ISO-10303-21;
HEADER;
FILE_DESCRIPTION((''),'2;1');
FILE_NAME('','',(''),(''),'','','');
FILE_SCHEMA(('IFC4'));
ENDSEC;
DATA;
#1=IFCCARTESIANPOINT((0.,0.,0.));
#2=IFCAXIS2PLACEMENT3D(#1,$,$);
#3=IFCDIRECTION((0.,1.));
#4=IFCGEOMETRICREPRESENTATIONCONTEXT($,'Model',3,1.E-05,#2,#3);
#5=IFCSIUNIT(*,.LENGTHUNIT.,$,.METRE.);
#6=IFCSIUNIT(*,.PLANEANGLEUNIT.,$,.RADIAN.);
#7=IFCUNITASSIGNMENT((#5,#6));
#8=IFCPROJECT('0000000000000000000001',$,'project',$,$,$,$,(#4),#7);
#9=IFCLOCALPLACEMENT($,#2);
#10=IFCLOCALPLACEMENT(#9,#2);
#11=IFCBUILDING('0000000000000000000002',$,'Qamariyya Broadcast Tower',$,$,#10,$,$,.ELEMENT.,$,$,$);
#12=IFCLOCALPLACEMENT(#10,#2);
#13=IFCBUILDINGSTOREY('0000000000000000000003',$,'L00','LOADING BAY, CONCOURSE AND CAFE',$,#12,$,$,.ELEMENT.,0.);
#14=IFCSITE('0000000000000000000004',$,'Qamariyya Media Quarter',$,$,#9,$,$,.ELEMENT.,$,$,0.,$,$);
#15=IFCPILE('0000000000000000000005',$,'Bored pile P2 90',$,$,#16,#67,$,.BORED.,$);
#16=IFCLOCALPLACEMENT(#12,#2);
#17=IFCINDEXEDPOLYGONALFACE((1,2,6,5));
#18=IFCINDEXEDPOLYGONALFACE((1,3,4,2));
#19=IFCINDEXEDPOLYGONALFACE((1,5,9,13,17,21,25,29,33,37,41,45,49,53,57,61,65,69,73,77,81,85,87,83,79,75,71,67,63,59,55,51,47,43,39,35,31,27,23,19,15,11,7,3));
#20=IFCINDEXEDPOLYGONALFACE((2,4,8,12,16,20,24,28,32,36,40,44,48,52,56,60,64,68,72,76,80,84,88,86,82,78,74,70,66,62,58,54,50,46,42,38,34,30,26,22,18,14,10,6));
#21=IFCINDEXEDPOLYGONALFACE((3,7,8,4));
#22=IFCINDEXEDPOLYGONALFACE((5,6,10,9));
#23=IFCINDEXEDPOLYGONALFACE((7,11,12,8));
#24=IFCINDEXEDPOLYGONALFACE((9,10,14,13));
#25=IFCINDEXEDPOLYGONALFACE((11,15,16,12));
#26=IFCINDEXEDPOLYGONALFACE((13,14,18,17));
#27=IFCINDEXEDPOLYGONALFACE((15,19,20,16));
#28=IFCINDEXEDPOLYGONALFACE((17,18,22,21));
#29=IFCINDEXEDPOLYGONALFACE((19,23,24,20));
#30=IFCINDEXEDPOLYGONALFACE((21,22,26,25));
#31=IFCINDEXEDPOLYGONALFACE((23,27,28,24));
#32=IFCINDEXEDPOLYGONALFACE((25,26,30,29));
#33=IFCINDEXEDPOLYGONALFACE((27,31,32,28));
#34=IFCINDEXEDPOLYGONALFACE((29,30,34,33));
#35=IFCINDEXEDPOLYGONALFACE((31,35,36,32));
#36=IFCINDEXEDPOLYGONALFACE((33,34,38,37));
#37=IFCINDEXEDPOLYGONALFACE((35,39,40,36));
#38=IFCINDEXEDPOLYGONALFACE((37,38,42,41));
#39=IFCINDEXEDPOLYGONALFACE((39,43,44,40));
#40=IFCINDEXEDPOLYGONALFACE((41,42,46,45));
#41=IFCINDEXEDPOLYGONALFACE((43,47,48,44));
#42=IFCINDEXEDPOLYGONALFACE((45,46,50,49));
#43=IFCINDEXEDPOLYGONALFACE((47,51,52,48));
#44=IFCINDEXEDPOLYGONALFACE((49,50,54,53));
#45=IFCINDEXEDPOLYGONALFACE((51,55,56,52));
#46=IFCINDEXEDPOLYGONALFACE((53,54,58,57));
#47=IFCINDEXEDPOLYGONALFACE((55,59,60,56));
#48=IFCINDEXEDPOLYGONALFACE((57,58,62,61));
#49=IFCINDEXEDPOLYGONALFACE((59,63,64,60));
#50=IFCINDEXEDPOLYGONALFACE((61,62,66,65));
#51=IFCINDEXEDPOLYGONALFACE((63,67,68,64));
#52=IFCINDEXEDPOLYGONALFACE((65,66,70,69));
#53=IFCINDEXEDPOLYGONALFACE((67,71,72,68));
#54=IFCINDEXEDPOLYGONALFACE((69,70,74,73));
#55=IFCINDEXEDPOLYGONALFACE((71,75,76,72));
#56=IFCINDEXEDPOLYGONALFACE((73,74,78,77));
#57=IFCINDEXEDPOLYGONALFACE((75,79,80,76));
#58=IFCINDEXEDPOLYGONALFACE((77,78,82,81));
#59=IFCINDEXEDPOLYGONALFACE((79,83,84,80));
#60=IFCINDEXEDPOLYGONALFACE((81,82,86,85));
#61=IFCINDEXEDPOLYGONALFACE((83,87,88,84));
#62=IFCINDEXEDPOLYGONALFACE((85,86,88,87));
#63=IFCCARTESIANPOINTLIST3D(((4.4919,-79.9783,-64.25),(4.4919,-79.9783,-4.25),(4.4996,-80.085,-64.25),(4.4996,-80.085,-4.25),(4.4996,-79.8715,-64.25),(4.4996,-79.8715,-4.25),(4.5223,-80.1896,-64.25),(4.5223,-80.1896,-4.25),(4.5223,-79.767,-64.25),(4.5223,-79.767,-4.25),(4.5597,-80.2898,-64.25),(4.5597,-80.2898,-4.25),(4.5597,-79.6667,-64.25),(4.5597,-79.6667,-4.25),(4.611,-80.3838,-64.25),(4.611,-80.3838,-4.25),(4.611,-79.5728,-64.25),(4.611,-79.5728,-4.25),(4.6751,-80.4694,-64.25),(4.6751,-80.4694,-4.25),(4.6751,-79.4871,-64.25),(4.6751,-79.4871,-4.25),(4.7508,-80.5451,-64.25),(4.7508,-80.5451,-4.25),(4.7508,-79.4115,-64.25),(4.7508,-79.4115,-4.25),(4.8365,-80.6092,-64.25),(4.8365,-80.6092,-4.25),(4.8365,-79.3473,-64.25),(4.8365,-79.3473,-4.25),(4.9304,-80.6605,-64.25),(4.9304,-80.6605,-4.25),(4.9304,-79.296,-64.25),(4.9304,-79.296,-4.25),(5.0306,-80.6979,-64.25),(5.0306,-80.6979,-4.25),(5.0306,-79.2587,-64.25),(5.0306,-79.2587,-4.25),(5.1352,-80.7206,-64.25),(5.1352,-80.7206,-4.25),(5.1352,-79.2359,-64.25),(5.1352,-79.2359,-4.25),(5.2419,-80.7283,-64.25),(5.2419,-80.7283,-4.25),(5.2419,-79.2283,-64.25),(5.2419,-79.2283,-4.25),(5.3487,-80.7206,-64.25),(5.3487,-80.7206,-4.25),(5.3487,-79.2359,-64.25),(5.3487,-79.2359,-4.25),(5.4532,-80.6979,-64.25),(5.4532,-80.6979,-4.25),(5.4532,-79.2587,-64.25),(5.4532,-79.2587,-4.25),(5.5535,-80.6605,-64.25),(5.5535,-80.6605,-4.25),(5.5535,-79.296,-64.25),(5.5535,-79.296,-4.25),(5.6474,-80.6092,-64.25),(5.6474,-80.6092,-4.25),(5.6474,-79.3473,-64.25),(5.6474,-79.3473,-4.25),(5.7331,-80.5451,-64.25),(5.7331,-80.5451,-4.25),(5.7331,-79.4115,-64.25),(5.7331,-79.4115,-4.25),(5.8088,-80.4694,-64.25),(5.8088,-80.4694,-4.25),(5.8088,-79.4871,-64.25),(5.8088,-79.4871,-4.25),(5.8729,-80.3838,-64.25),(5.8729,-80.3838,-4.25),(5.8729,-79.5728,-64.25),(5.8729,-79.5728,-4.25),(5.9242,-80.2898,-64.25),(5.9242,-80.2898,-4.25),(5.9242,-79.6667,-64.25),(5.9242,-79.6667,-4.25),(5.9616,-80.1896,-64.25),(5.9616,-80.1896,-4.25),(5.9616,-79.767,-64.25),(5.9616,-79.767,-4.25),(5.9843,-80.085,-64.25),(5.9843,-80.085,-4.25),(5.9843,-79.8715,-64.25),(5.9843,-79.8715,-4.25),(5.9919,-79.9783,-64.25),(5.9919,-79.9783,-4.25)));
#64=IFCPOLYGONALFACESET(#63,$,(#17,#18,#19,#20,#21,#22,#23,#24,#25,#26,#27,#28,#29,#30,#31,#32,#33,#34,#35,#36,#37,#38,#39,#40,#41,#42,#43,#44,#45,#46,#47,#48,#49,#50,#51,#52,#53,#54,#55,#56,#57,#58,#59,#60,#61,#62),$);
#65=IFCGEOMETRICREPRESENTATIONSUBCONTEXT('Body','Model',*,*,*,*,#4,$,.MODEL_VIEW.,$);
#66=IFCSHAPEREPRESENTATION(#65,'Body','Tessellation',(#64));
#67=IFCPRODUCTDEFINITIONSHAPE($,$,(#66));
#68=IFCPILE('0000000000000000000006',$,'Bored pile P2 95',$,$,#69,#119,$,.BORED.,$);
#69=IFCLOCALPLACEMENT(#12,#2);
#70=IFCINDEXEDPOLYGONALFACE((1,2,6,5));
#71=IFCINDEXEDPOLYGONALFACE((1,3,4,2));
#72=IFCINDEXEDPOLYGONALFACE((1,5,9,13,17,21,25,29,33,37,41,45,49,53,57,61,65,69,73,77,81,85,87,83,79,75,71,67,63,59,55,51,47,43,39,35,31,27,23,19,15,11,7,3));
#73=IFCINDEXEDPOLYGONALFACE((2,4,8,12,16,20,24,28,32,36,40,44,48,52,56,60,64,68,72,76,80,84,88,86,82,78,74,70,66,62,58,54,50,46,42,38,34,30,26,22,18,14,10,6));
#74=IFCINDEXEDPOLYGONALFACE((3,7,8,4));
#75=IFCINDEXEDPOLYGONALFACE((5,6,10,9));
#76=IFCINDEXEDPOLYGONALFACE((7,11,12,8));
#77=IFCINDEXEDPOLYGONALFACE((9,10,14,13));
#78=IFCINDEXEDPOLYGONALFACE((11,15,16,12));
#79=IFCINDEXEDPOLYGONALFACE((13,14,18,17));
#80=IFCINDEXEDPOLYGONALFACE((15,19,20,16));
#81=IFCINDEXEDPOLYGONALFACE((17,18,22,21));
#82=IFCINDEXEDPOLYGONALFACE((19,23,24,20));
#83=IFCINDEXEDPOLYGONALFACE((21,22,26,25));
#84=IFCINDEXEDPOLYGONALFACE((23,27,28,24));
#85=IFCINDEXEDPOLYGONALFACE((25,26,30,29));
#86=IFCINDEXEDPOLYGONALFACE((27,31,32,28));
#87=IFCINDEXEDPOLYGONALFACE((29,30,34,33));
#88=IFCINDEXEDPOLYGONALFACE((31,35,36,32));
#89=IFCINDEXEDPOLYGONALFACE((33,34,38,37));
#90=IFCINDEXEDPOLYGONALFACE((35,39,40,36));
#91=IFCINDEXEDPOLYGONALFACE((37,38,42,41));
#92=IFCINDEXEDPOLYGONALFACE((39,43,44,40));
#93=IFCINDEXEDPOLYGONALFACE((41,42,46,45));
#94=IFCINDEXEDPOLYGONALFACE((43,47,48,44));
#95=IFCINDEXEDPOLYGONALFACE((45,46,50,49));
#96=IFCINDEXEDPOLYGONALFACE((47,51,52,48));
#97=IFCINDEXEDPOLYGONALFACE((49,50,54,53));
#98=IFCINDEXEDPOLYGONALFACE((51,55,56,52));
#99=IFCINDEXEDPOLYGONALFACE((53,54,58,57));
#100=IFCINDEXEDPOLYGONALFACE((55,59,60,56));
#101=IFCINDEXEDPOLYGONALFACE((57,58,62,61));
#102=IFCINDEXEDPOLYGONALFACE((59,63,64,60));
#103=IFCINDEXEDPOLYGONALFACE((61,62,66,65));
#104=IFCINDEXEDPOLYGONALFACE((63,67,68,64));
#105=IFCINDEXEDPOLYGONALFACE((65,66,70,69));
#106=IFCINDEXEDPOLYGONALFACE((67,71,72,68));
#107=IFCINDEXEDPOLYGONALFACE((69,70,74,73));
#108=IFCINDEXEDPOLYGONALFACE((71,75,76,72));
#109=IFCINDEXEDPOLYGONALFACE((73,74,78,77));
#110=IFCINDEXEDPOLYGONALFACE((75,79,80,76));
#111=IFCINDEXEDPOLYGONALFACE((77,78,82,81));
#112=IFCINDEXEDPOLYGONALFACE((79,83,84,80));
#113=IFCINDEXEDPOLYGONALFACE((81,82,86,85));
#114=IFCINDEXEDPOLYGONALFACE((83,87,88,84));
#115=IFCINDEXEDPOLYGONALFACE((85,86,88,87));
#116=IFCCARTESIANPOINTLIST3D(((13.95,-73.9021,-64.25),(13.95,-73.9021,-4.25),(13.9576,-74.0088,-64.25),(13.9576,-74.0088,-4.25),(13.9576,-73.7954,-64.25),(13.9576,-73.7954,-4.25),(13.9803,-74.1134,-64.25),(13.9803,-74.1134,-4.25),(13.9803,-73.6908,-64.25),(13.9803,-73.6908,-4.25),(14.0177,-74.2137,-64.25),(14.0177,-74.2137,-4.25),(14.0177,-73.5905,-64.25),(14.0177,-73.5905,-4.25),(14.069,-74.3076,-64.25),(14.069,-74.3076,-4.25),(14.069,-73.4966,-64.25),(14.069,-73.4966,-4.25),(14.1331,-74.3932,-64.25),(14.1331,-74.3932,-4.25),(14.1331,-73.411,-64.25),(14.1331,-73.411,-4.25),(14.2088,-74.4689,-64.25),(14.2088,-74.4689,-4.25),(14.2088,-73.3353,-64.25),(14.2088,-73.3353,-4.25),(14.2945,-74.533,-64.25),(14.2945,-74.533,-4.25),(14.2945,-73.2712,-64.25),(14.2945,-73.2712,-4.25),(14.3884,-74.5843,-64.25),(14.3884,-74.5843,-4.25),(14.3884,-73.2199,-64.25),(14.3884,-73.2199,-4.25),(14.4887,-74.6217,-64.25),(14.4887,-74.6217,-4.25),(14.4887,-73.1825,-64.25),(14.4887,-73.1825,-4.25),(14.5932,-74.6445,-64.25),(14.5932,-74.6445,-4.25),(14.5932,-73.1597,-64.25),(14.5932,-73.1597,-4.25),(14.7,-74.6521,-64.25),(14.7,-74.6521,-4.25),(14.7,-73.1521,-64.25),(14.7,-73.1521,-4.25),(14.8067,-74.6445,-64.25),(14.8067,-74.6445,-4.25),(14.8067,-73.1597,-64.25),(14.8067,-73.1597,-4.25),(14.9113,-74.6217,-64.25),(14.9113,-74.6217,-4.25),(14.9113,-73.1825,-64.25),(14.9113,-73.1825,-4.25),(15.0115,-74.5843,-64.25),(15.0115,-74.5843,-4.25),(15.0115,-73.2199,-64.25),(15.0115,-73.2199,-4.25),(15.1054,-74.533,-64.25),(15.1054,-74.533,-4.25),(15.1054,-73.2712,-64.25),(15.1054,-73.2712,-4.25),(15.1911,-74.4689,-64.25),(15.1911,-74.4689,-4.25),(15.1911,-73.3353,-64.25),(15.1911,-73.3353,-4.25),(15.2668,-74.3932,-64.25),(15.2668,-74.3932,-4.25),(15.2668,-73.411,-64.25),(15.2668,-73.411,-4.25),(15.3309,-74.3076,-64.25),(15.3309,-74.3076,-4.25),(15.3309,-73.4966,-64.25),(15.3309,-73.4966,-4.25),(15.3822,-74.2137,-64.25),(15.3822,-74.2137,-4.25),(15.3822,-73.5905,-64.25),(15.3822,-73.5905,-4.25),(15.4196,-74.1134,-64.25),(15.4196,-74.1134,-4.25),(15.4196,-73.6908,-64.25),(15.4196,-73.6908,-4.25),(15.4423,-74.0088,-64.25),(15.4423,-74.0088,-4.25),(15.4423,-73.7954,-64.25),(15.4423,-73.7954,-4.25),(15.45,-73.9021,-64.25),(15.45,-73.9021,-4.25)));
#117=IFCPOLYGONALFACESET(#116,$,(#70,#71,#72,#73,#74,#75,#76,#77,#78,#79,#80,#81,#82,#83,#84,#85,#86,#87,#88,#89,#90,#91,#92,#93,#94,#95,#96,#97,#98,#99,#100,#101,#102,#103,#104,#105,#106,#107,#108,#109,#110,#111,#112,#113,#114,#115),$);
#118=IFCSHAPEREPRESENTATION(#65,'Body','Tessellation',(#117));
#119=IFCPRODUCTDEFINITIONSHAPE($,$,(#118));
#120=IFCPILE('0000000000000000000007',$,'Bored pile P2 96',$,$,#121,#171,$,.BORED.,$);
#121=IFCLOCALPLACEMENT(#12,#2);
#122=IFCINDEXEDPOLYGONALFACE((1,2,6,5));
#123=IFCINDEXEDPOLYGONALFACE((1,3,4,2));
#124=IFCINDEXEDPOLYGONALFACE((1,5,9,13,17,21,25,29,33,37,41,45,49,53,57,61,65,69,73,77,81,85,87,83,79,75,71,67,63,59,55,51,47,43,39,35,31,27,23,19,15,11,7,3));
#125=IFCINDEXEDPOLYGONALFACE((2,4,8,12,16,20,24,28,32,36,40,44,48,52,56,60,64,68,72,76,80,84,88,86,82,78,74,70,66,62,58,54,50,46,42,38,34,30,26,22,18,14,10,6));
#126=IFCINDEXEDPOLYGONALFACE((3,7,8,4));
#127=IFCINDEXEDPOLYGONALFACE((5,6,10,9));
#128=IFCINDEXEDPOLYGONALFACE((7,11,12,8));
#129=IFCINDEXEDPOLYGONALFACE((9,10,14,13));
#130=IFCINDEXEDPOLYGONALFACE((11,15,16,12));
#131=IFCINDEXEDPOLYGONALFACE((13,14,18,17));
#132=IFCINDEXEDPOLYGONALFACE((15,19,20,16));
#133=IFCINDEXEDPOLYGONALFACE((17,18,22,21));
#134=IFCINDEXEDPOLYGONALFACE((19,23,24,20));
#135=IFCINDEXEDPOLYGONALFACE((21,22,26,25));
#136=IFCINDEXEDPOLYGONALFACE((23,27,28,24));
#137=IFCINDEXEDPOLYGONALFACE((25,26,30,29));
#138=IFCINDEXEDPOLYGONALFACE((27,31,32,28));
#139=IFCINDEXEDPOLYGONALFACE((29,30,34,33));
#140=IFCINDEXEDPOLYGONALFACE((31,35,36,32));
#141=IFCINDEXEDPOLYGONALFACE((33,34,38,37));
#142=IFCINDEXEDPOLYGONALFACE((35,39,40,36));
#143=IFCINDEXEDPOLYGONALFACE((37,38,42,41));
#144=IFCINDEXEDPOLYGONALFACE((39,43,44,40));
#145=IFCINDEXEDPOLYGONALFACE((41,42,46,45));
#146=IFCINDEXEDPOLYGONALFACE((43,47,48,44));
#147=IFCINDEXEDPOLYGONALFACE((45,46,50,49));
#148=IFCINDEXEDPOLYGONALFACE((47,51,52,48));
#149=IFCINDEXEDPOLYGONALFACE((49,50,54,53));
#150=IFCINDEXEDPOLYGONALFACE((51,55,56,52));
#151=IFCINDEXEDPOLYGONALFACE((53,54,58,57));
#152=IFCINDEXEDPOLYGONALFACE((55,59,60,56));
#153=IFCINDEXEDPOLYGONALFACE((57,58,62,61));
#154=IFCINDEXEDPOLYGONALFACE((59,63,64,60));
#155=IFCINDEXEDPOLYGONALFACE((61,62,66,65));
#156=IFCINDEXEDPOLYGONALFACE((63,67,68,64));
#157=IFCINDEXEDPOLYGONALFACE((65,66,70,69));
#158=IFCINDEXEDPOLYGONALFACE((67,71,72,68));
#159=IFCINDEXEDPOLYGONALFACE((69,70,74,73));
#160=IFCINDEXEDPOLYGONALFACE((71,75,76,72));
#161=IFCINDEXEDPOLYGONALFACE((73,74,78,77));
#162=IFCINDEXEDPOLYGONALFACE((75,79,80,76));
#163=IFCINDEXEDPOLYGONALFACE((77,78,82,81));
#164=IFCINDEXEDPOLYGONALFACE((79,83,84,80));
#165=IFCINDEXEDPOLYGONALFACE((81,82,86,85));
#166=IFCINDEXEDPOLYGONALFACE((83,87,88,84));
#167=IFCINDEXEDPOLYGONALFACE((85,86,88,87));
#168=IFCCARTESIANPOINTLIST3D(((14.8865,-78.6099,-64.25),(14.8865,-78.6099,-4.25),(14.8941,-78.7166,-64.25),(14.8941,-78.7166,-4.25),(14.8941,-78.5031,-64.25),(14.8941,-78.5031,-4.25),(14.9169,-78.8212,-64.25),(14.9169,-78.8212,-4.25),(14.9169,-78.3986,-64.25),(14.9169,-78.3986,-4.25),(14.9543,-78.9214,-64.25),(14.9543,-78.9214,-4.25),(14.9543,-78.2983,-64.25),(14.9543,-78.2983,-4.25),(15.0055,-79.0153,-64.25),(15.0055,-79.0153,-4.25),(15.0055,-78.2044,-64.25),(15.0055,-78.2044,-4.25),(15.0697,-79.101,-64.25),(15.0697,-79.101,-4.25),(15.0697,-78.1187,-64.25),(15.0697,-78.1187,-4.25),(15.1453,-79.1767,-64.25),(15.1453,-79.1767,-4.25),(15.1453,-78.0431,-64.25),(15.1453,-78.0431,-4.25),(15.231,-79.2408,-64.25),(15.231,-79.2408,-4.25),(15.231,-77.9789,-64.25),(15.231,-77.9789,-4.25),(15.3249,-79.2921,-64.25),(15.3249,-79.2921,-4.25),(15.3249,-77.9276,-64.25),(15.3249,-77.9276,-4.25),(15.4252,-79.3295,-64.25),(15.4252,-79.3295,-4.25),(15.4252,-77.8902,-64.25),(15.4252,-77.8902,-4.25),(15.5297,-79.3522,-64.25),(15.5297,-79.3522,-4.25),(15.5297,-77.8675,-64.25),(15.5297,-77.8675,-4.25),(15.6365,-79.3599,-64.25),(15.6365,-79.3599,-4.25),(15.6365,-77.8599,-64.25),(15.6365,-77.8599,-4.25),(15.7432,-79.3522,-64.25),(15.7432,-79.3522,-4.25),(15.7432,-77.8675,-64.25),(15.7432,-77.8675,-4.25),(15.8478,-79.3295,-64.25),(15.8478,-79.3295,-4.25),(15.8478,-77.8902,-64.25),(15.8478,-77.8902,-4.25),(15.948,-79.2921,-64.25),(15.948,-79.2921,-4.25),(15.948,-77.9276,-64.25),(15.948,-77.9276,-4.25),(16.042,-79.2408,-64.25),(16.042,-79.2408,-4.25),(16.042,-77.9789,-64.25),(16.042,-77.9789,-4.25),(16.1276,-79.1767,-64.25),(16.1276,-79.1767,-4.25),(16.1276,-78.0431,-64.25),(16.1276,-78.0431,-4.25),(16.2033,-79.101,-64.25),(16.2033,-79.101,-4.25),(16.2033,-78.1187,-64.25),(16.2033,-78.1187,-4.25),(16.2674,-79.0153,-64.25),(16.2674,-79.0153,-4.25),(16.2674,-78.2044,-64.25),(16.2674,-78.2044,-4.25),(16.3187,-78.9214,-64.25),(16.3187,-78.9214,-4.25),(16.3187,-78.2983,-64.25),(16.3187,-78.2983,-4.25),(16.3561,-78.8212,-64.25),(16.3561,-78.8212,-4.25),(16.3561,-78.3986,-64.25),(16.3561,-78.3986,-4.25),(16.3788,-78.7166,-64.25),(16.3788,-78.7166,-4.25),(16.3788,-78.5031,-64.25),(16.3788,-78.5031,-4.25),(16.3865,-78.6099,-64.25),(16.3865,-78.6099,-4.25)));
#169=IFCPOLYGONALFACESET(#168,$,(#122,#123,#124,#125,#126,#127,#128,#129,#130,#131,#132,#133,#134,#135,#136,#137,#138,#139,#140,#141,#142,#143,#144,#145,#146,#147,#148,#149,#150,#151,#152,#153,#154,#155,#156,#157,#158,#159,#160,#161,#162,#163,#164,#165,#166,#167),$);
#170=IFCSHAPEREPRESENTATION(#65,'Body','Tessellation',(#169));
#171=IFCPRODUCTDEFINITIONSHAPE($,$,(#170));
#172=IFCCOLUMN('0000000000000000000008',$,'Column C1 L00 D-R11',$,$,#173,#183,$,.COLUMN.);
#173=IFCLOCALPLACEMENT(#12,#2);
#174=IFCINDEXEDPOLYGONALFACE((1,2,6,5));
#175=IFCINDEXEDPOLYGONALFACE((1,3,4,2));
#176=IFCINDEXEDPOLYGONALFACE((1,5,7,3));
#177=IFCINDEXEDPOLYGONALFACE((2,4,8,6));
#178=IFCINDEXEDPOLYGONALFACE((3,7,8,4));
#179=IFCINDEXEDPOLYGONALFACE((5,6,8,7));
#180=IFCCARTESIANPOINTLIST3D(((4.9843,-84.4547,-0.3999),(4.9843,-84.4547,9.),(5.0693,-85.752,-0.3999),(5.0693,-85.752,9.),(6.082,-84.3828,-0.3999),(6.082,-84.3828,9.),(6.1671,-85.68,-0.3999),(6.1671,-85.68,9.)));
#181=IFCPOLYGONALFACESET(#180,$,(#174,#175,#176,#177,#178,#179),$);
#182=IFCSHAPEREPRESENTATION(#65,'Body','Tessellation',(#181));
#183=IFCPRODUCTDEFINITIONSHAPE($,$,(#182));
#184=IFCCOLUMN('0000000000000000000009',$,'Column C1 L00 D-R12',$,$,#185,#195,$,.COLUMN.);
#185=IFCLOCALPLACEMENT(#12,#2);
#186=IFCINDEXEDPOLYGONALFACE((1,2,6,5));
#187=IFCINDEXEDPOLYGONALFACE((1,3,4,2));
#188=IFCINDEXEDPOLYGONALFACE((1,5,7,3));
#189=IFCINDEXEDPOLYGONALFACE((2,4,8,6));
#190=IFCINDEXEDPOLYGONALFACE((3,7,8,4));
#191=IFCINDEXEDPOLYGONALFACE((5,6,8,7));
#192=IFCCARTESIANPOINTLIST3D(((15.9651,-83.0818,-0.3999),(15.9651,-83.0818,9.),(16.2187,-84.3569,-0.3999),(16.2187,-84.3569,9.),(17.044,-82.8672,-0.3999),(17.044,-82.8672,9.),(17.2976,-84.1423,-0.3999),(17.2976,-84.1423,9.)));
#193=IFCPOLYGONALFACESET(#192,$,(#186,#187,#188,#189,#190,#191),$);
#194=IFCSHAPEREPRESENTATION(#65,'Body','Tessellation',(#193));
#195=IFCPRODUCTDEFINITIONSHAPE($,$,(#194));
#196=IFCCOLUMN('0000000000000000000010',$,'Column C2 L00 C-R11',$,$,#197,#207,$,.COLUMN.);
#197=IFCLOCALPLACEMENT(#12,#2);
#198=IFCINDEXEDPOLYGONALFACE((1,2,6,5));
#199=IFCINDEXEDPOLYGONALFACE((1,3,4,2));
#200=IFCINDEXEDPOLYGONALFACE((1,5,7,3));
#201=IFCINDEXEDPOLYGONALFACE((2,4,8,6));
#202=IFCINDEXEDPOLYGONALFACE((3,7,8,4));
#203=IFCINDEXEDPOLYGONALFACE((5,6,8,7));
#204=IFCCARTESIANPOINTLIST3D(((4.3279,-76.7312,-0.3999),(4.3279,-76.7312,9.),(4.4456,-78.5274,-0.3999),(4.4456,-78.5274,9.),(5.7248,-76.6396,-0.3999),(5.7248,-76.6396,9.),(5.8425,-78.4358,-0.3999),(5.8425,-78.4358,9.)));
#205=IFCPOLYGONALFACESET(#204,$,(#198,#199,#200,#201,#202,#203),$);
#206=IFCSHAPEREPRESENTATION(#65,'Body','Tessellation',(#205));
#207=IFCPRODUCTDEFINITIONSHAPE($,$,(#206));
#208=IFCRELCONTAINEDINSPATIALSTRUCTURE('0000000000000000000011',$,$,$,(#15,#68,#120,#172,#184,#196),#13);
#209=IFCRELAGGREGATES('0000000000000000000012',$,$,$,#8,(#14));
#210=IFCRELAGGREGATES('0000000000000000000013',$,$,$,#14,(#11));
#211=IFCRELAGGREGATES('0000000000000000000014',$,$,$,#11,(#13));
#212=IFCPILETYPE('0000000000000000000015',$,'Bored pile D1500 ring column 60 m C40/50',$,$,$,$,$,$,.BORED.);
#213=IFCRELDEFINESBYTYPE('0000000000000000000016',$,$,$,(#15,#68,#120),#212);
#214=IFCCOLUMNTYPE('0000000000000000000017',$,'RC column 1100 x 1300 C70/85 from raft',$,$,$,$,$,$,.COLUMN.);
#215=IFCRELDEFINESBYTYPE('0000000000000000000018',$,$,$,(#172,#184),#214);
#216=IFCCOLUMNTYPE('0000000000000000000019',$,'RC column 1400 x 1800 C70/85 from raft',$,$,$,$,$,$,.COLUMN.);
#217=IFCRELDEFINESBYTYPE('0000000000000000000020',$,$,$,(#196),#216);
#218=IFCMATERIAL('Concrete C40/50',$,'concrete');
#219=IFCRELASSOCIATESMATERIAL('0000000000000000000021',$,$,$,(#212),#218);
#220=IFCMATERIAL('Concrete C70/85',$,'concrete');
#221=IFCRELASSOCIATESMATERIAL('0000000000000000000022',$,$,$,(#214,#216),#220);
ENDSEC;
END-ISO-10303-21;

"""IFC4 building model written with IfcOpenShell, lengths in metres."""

from ifc_helpers import new_model, si_unit, direction, frame, origin, origin_2d, place, context, subcontext, project, spatial, rectangle, circle, extrude, material, material_profile, profile_set, type_object, element, save


model = new_model("IFC4")

# Units and contexts
model_context = context("Model", 3, precision=1e-05, world=origin(), true_north=direction((0.0, 1.0)))
body_context = subcontext(model_context, "Body", "Model", "MODEL_VIEW")
ifc_project = project(units=[si_unit("LENGTHUNIT", "METRE"), si_unit("PLANEANGLEUNIT", "RADIAN")], contexts=[model_context])

# Site, building, storey
site_placement = place(None, origin())
site = spatial("IfcSite", under=ifc_project, at=site_placement, Name="Qamariyya Media Quarter", CompositionType="ELEMENT", RefElevation=0.0)
building_placement = place(site_placement, origin())
building = spatial("IfcBuilding", under=site, at=building_placement, Name="Qamariyya Broadcast Tower", CompositionType="ELEMENT")
storey_placement = place(building_placement, origin())
storey = spatial("IfcBuildingStorey", under=building, at=storey_placement, Name="L00", Description="LOADING BAY, CONCOURSE AND CAFE", CompositionType="ELEMENT", Elevation=0.0)

# Piles
ifc_material_1 = material(Name="Concrete C40/50", Category="concrete")
ifc_material_profile_1 = material_profile(ifc_material_1, circle(Radius=0.75, at=origin_2d()))
ifc_profile_set_1 = profile_set([ifc_material_profile_1], Name="Concrete C40/50")
pile_type_1 = type_object("IfcPileType", Name="Bored pile D1500 ring column 60 m C40/50", PredefinedType="BORED", material=ifc_profile_set_1)
for number, where, z_axis, x_axis, name in (
    (1, (5.2419, -79.9783, -4.25), (0.0, 0.0, -1.0), (1.0, 0.0, 0.0), "Bored pile P2 90"),
    (2, (14.7, -73.9021, -4.25), (0.0, 0.0, -1.0), (1.0, 0.0, 0.0), "Bored pile P2 95"),
    (3, (15.6365, -78.6099, -4.25), (0.0, 0.0, -1.0), (1.0, 0.0, 0.0), "Bored pile P2 96"),
):
    element("IfcPile", number, at=place(storey_placement, frame(where, z_axis=z_axis, x_axis=x_axis)), inside=storey, type_object=pile_type_1, Name=name, PredefinedType="BORED", context=body_context, shape_type="SweptSolid", body=[
        extrude(circle(Radius=0.75, at=origin_2d()), origin(), (0.0, 0.0, 1.0), 60.0),
    ])

# Columns
ifc_material_2 = material(Name="Concrete C70/85", Category="concrete")
ifc_material_profile_2 = material_profile(ifc_material_2, rectangle(XDim=1.1001, YDim=1.3, at=origin_2d()))
ifc_profile_set_2 = profile_set([ifc_material_profile_2], Name="Concrete C70/85")
column_type_1 = type_object("IfcColumnType", Name="RC column 1100 x 1300 C70/85 from raft", PredefinedType="COLUMN", material=ifc_profile_set_2)
for number, where, z_axis, x_axis, name in (
    (4, (5.5757, -85.0674, -0.3999), (0.0, 0.0, 1.0), (0.997859, 0.065403, 0.0), "Column C1 L00 D-R11"),
    (5, (16.6313, -83.6121, -0.3999), (0.0, 0.0, 1.0), (0.980785, 0.19509, 0.0), "Column C1 L00 D-R12"),
):
    element("IfcColumn", number, at=place(storey_placement, frame(where, z_axis=z_axis, x_axis=x_axis)), inside=storey, type_object=column_type_1, Name=name, PredefinedType="COLUMN", context=body_context, shape_type="SweptSolid", body=[
        extrude(rectangle(XDim=1.1001, YDim=1.3, at=origin_2d()), origin(), (0.0, 0.0, 1.0), 9.3999),
    ])
ifc_material_profile_3 = material_profile(ifc_material_2, rectangle(XDim=1.3999, YDim=1.8, at=origin_2d()))
ifc_profile_set_3 = profile_set([ifc_material_profile_3], Name="Concrete C70/85")
column_type_2 = type_object("IfcColumnType", Name="RC column 1400 x 1800 C70/85 from raft", PredefinedType="COLUMN", material=ifc_profile_set_3)
for number, where, z_axis, x_axis, name in (
    (6, (5.0852, -77.5835, -0.3999), (0.0, 0.0, 1.0), (0.997859, 0.065403, 0.0), "Column C2 L00 C-R11"),
):
    element("IfcColumn", number, at=place(storey_placement, frame(where, z_axis=z_axis, x_axis=x_axis)), inside=storey, type_object=column_type_2, Name=name, PredefinedType="COLUMN", context=body_context, shape_type="SweptSolid", body=[
        extrude(rectangle(XDim=1.3999, YDim=1.8, at=origin_2d()), origin(), (0.0, 0.0, 1.0), 9.3999),
    ])

save(model, "model.ifc")
